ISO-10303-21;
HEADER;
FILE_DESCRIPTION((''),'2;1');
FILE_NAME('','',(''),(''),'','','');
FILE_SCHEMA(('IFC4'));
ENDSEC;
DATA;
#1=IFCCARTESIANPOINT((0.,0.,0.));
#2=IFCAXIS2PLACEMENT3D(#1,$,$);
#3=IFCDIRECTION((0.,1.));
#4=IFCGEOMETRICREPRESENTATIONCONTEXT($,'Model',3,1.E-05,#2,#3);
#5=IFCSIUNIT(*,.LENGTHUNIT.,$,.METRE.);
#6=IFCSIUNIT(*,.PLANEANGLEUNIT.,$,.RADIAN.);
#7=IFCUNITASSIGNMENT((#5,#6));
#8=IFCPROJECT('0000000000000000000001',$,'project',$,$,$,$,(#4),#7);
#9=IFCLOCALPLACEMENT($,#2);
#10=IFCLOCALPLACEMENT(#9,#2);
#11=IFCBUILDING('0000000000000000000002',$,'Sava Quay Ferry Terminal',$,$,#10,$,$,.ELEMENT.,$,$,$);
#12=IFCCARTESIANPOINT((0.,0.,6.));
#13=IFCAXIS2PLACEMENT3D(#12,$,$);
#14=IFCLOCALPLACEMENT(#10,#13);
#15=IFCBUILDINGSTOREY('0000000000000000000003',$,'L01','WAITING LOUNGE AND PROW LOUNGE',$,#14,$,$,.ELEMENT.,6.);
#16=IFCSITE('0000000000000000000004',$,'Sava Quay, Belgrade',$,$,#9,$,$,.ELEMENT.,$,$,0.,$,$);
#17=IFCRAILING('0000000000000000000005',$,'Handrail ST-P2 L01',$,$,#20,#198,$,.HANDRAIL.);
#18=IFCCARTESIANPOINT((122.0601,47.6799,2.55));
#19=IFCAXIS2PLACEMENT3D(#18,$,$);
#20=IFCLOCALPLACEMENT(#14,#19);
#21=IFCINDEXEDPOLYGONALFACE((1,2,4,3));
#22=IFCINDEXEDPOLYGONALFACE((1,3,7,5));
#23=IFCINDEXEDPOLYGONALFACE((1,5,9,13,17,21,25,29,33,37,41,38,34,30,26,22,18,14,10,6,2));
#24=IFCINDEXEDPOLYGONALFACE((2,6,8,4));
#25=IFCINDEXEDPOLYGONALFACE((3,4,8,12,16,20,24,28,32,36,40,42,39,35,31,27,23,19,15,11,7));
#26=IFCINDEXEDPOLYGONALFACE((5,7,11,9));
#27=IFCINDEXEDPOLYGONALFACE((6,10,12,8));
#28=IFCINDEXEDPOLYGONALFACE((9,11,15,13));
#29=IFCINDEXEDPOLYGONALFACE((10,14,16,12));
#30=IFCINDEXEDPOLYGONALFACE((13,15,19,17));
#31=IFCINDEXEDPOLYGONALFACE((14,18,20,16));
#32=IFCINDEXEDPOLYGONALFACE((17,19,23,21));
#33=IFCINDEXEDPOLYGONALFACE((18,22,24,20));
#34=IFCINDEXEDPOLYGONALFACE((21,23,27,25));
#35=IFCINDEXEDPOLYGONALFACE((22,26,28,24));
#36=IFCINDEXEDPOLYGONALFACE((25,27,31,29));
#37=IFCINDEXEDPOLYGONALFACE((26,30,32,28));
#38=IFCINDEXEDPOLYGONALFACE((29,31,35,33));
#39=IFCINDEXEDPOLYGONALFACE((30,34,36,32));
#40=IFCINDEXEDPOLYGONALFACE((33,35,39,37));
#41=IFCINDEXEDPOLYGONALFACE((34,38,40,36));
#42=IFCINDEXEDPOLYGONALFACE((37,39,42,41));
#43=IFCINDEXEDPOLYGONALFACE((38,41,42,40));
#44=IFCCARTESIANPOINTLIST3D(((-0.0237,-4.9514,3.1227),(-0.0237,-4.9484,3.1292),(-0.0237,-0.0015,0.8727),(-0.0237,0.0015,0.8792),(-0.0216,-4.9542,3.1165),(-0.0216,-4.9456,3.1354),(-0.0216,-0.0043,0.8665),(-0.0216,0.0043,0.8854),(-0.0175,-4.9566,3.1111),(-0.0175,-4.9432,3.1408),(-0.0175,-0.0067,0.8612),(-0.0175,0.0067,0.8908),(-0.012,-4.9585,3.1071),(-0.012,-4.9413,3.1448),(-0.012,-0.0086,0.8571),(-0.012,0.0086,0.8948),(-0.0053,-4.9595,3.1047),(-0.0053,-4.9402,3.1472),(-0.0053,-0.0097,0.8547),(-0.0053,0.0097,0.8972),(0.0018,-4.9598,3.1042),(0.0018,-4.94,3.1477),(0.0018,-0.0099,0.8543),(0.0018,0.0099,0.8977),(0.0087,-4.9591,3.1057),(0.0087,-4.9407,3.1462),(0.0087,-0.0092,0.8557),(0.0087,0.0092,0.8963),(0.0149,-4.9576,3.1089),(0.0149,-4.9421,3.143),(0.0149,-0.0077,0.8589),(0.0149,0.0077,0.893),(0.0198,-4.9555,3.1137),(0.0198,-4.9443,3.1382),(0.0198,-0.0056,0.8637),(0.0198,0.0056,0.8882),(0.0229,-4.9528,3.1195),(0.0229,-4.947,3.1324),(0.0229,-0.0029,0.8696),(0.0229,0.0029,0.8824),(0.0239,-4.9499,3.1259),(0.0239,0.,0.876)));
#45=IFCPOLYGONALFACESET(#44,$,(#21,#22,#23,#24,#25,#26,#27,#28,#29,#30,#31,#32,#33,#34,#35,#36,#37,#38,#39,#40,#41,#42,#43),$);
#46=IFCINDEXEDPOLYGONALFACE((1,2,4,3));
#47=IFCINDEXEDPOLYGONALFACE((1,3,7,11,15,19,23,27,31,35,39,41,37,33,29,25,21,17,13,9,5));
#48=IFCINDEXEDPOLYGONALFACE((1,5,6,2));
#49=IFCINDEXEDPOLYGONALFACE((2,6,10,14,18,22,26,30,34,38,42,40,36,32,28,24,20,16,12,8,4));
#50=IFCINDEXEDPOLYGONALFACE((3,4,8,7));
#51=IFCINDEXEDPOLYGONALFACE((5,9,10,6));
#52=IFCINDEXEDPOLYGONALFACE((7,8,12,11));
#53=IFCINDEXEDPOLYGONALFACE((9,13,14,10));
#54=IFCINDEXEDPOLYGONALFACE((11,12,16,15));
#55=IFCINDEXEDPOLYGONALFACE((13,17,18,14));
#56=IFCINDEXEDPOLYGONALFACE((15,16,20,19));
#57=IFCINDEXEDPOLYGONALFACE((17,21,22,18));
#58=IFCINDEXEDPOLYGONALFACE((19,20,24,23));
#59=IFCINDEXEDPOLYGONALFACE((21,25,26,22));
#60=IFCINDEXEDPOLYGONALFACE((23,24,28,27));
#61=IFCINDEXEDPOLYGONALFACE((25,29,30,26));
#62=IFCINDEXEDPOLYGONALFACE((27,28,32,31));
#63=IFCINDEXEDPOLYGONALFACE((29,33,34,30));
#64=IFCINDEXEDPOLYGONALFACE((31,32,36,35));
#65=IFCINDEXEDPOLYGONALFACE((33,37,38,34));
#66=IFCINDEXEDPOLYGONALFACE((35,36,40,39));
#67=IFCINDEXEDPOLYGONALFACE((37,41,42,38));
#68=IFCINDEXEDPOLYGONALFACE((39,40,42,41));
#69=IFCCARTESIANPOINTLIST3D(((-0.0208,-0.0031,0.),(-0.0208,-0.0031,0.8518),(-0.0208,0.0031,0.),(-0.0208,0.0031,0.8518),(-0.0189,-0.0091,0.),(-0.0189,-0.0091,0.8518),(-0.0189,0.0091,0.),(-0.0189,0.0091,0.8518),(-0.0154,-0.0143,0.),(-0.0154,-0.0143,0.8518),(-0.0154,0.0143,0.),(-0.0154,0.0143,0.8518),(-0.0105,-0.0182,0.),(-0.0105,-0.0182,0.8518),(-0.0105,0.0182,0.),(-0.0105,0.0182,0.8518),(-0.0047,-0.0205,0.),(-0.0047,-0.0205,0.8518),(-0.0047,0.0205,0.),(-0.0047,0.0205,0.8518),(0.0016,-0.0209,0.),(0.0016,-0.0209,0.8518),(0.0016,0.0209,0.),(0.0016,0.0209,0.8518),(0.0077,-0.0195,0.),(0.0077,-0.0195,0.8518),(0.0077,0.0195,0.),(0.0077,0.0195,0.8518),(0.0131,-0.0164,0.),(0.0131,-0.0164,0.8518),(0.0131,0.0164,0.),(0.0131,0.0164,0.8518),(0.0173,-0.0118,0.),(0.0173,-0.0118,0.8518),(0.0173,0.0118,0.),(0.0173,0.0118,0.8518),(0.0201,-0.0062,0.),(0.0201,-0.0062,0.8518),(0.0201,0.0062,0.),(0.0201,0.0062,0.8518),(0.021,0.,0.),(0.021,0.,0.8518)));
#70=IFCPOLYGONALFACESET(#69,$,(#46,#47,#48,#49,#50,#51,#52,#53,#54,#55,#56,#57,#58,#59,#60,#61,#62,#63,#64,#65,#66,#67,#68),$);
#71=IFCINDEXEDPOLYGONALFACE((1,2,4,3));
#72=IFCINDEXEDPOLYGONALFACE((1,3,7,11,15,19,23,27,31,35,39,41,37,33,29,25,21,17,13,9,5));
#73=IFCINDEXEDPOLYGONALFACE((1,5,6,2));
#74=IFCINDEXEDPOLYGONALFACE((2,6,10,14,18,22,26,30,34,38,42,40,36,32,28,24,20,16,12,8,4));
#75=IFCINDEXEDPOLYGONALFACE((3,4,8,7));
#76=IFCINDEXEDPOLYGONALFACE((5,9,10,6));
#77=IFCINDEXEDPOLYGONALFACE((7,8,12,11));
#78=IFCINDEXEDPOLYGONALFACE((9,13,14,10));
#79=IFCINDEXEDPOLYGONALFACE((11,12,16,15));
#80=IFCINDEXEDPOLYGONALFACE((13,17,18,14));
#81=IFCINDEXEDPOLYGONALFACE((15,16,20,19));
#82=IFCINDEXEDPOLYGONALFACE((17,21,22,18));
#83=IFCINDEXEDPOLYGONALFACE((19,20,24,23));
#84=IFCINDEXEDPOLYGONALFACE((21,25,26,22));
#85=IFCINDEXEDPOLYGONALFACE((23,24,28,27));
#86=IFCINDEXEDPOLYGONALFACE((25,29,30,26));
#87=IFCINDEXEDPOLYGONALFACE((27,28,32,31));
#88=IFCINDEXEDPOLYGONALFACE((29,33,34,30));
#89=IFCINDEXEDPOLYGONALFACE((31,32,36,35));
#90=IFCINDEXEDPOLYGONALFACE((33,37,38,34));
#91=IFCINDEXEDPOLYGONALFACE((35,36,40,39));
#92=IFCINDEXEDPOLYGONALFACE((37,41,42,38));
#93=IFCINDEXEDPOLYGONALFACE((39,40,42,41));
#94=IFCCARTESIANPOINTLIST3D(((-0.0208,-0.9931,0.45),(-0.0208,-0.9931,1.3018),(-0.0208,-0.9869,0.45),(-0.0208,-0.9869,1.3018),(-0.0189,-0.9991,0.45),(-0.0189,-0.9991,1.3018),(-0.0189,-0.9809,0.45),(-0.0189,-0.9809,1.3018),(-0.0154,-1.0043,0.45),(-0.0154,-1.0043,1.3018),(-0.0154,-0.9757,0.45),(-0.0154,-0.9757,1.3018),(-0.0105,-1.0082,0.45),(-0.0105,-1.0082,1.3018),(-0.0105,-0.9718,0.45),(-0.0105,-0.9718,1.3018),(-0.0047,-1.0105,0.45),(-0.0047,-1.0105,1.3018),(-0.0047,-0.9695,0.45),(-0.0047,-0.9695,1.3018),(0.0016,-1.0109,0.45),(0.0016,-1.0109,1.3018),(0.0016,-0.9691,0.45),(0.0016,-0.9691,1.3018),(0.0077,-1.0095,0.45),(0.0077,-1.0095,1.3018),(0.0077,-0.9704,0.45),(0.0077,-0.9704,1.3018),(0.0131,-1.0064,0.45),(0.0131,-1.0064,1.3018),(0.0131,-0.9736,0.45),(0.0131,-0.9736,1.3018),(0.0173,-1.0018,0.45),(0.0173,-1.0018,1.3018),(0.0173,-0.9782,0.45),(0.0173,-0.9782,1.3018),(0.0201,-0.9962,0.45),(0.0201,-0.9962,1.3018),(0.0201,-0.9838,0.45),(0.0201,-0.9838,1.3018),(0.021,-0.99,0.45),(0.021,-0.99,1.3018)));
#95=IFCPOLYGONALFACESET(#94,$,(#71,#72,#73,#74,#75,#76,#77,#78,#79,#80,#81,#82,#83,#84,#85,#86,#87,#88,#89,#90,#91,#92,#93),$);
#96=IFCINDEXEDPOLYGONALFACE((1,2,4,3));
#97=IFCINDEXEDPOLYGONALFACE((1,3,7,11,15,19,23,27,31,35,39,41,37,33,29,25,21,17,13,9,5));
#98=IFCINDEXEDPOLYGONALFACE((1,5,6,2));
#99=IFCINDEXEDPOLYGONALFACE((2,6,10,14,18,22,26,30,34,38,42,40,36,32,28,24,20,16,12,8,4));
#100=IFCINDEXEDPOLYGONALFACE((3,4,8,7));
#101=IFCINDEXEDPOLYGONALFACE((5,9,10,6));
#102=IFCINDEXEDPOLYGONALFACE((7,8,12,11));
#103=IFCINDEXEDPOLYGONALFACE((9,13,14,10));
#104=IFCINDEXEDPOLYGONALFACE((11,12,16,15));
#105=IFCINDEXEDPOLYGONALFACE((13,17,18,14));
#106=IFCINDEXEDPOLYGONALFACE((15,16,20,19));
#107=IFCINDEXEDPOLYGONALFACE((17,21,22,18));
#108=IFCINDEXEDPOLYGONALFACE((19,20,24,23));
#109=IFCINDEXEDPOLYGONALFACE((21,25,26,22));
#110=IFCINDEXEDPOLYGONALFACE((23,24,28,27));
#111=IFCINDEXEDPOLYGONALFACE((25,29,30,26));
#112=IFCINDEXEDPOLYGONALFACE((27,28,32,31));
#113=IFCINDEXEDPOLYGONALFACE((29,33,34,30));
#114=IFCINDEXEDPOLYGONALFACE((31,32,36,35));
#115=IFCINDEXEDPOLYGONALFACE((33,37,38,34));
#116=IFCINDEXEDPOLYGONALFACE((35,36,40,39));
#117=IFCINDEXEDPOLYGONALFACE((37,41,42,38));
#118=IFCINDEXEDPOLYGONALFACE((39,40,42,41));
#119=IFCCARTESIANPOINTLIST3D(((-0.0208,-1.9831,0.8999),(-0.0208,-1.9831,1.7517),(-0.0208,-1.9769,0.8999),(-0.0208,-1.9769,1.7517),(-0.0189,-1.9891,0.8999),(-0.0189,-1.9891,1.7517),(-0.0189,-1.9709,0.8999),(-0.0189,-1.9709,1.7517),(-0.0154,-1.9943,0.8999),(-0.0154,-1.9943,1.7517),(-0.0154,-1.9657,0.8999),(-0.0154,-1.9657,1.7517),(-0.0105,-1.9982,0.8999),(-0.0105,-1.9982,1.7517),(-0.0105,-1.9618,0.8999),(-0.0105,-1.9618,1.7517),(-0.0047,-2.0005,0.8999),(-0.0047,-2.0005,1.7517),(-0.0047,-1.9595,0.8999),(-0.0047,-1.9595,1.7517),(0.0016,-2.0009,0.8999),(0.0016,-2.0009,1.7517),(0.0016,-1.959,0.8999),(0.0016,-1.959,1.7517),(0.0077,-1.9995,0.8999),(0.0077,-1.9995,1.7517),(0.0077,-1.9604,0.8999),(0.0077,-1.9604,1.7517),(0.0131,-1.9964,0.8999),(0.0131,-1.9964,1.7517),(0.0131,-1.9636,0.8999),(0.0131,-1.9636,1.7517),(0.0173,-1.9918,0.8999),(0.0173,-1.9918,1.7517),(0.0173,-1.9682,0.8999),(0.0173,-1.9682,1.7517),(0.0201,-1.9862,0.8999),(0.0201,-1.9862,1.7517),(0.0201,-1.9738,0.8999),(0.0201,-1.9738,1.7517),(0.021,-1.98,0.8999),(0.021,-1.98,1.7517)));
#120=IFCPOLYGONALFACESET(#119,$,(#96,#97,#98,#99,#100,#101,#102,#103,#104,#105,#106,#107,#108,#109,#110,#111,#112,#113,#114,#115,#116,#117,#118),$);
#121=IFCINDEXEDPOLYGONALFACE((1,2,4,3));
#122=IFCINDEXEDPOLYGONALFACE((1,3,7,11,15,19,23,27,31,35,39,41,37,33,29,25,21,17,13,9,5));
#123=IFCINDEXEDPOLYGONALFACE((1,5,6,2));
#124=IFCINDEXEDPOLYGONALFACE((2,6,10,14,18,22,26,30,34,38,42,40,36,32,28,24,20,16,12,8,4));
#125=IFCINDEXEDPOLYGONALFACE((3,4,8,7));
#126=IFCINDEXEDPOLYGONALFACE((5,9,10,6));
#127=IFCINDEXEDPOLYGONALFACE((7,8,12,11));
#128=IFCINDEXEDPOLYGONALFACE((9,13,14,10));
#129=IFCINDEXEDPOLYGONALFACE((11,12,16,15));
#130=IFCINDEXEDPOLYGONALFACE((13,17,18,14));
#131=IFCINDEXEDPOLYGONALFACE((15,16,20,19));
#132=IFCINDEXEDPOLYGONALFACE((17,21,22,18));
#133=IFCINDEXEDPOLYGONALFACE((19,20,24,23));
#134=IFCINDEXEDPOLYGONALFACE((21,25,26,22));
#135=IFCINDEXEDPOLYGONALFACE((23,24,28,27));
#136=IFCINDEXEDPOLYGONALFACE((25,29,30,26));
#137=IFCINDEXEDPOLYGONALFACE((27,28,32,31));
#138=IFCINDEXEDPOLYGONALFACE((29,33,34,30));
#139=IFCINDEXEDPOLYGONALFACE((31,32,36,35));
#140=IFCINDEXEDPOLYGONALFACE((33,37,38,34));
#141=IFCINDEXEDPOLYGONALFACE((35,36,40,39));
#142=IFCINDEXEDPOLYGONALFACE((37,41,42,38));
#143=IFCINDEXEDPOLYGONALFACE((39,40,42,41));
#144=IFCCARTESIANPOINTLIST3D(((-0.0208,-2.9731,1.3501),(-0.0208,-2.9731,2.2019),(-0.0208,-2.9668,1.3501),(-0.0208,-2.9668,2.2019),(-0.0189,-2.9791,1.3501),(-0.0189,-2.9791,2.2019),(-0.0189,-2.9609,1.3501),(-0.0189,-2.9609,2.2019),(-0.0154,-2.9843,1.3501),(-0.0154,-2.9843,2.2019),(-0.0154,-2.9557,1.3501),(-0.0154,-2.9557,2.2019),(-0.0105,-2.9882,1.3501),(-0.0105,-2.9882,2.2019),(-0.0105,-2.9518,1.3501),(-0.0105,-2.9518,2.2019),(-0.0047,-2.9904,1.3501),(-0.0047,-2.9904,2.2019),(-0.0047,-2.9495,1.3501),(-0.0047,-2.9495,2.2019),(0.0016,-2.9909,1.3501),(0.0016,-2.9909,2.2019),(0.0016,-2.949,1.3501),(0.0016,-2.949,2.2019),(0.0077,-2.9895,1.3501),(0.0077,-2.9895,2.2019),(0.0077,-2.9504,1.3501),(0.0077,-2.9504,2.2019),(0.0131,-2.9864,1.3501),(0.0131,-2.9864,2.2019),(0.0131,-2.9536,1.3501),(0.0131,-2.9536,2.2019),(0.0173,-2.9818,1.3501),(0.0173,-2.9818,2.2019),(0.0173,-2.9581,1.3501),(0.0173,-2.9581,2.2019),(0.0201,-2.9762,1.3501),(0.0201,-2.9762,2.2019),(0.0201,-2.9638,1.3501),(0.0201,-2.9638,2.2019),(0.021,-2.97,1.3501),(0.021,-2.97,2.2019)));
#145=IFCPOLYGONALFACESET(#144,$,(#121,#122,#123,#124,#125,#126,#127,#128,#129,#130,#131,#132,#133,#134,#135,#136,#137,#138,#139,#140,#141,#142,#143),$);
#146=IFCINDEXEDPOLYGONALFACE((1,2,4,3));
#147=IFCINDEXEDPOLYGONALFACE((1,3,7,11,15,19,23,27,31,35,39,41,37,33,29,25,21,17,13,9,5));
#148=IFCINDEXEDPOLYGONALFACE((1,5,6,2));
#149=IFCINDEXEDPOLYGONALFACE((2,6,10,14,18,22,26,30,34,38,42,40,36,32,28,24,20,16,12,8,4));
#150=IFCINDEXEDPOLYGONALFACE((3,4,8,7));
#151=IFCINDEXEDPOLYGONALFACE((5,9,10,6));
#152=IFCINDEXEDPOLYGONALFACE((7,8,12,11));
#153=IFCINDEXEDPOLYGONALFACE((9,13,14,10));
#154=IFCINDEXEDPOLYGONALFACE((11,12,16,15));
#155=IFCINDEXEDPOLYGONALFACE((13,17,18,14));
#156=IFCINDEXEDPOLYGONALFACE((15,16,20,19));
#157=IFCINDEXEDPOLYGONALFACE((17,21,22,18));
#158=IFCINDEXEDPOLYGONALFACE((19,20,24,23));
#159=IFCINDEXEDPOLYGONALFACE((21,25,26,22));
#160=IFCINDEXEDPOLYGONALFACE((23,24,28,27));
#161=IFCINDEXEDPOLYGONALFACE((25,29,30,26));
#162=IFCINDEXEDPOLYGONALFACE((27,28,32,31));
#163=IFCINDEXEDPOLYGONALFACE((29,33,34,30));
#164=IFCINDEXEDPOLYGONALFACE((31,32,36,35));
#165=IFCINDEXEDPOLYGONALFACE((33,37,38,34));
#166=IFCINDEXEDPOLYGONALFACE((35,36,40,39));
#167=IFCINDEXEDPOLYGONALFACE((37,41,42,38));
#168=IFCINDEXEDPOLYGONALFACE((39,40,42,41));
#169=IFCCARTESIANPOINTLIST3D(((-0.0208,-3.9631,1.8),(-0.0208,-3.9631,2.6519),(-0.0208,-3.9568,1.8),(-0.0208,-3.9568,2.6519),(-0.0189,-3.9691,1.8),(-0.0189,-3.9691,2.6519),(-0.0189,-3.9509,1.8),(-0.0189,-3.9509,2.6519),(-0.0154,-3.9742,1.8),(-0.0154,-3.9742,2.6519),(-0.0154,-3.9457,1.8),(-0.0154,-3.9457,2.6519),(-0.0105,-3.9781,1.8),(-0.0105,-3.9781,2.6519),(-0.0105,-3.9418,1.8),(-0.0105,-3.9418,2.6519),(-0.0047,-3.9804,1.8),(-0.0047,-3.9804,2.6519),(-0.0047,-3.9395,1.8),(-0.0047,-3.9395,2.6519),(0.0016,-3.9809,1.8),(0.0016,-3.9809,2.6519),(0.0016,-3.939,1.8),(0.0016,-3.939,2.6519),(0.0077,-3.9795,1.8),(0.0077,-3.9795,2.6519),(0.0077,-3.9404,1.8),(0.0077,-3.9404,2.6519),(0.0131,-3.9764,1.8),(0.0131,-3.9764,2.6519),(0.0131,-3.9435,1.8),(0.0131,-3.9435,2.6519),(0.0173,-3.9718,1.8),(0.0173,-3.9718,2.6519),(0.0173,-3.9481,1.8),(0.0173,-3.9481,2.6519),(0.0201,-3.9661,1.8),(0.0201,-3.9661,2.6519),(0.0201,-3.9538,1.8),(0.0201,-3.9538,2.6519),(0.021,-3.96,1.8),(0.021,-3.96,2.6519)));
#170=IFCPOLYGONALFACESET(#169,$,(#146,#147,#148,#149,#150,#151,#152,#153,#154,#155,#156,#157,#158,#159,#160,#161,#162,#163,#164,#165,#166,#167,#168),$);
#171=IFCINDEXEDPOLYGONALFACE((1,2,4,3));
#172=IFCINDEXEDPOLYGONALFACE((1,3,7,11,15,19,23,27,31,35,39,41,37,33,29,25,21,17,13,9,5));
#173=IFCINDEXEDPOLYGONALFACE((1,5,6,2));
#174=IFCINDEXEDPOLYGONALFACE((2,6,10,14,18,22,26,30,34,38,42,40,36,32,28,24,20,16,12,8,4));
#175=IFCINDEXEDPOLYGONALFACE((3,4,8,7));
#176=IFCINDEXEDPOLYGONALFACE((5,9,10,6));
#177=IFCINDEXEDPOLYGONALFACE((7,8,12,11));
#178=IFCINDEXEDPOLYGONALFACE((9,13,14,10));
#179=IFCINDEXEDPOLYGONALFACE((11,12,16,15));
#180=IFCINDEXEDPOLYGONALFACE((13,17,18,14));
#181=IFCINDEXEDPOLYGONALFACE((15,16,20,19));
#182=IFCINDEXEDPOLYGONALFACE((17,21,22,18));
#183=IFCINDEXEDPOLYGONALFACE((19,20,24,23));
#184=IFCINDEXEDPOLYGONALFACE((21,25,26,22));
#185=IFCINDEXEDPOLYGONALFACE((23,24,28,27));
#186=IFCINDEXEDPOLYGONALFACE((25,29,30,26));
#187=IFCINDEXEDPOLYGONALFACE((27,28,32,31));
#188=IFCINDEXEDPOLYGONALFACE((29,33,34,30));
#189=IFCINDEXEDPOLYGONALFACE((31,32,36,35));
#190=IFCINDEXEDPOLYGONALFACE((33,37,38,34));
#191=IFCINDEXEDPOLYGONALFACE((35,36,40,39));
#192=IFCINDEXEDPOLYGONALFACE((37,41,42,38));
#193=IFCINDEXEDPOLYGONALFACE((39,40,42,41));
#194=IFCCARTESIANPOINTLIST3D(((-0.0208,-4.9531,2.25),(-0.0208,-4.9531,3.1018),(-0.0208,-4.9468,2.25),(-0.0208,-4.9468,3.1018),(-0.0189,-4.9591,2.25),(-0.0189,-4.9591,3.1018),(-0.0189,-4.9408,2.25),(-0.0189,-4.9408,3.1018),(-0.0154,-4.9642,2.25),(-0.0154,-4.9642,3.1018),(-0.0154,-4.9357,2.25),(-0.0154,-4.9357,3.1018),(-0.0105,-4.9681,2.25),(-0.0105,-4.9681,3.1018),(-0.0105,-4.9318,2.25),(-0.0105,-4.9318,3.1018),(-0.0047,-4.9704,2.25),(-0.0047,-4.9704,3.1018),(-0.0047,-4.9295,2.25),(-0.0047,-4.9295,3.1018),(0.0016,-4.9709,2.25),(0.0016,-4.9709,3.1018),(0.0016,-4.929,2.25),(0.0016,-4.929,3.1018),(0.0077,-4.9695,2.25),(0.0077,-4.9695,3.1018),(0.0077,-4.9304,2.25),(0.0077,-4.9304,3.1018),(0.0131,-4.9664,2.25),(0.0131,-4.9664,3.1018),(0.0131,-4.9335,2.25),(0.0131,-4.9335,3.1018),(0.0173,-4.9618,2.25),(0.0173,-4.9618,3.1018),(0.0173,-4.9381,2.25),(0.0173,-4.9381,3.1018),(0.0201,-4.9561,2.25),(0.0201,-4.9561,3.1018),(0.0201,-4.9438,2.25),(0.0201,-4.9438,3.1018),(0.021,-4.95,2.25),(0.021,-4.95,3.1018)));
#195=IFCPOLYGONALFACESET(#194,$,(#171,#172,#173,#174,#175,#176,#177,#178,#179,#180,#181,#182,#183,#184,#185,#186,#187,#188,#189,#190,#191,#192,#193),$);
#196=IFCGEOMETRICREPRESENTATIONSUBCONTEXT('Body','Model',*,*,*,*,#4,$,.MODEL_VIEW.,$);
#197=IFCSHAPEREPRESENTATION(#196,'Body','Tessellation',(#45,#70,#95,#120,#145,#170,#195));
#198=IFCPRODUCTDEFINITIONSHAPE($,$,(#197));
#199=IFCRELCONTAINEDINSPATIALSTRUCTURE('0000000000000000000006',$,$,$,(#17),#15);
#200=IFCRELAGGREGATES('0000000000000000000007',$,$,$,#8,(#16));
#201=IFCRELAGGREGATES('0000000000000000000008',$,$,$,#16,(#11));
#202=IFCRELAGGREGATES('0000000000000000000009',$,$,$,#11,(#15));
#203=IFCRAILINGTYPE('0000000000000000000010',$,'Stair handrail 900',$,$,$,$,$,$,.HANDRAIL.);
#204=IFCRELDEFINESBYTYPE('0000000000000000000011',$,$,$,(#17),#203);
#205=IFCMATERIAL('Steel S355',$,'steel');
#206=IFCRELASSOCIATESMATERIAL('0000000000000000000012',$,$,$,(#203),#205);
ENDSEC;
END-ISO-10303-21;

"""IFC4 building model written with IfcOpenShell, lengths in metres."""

from ifc_helpers import new_model, si_unit, direction, frame, origin, origin_2d, place, context, subcontext, project, spatial, circle, extrude, material, type_object, element, save


model = new_model("IFC4")

# Units and contexts
model_context = context("Model", 3, precision=1e-05, world=origin(), true_north=direction((0.0, 1.0)))
body_context = subcontext(model_context, "Body", "Model", "MODEL_VIEW")
ifc_project = project(units=[si_unit("LENGTHUNIT", "METRE"), si_unit("PLANEANGLEUNIT", "RADIAN")], contexts=[model_context])

# Site, building, storey
site_placement = place(None, origin())
site = spatial("IfcSite", under=ifc_project, at=site_placement, Name="Sava Quay, Belgrade", CompositionType="ELEMENT", RefElevation=0.0)
building_placement = place(site_placement, origin())
building = spatial("IfcBuilding", under=site, at=building_placement, Name="Sava Quay Ferry Terminal", CompositionType="ELEMENT")
storey_placement = place(building_placement, frame((0.0, 0.0, 6.0)))
storey = spatial("IfcBuildingStorey", under=building, at=storey_placement, Name="L01", Description="WAITING LOUNGE AND PROW LOUNGE", CompositionType="ELEMENT", Elevation=6.0)

# Railing
ifc_material_1 = material(Name="Steel S355", Category="steel")
railing_type_1 = type_object("IfcRailingType", Name="Stair handrail 900", PredefinedType="HANDRAIL", material=ifc_material_1)
railing_1_placement = place(storey_placement, frame((122.0601, 47.6799, 2.55)))
element("IfcRailing", 1, at=railing_1_placement, inside=storey, type_object=railing_type_1, Name="Handrail ST-P2 L01", PredefinedType="HANDRAIL", context=body_context, shape_type="SweptSolid", body=[
    extrude(circle(Radius=0.0239, at=origin_2d()), frame((0.0, 0.0, 0.876), z_axis=(0.0, -0.910365, 0.413806), x_axis=(1.0, 0.0, 0.0)), (0.0, 0.0, 1.0), 5.4373),
    extrude(circle(Radius=0.021, at=origin_2d()), origin(), (0.0, 0.0, 1.0), 0.8518),
    extrude(circle(Radius=0.021, at=origin_2d()), frame((0.0, -0.99, 0.45)), (0.0, 0.0, 1.0), 0.8518),
    extrude(circle(Radius=0.021, at=origin_2d()), frame((0.0, -1.98, 0.8999)), (0.0, 0.0, 1.0), 0.8518),
    extrude(circle(Radius=0.021, at=origin_2d()), frame((0.0, -2.97, 1.3501)), (0.0, 0.0, 1.0), 0.8518),
    extrude(circle(Radius=0.021, at=origin_2d()), frame((0.0, -3.96, 1.8)), (0.0, 0.0, 1.0), 0.8518),
    extrude(circle(Radius=0.021, at=origin_2d()), frame((0.0, -4.95, 2.25)), (0.0, 0.0, 1.0), 0.8518),
])

save(model, "model.ifc")
